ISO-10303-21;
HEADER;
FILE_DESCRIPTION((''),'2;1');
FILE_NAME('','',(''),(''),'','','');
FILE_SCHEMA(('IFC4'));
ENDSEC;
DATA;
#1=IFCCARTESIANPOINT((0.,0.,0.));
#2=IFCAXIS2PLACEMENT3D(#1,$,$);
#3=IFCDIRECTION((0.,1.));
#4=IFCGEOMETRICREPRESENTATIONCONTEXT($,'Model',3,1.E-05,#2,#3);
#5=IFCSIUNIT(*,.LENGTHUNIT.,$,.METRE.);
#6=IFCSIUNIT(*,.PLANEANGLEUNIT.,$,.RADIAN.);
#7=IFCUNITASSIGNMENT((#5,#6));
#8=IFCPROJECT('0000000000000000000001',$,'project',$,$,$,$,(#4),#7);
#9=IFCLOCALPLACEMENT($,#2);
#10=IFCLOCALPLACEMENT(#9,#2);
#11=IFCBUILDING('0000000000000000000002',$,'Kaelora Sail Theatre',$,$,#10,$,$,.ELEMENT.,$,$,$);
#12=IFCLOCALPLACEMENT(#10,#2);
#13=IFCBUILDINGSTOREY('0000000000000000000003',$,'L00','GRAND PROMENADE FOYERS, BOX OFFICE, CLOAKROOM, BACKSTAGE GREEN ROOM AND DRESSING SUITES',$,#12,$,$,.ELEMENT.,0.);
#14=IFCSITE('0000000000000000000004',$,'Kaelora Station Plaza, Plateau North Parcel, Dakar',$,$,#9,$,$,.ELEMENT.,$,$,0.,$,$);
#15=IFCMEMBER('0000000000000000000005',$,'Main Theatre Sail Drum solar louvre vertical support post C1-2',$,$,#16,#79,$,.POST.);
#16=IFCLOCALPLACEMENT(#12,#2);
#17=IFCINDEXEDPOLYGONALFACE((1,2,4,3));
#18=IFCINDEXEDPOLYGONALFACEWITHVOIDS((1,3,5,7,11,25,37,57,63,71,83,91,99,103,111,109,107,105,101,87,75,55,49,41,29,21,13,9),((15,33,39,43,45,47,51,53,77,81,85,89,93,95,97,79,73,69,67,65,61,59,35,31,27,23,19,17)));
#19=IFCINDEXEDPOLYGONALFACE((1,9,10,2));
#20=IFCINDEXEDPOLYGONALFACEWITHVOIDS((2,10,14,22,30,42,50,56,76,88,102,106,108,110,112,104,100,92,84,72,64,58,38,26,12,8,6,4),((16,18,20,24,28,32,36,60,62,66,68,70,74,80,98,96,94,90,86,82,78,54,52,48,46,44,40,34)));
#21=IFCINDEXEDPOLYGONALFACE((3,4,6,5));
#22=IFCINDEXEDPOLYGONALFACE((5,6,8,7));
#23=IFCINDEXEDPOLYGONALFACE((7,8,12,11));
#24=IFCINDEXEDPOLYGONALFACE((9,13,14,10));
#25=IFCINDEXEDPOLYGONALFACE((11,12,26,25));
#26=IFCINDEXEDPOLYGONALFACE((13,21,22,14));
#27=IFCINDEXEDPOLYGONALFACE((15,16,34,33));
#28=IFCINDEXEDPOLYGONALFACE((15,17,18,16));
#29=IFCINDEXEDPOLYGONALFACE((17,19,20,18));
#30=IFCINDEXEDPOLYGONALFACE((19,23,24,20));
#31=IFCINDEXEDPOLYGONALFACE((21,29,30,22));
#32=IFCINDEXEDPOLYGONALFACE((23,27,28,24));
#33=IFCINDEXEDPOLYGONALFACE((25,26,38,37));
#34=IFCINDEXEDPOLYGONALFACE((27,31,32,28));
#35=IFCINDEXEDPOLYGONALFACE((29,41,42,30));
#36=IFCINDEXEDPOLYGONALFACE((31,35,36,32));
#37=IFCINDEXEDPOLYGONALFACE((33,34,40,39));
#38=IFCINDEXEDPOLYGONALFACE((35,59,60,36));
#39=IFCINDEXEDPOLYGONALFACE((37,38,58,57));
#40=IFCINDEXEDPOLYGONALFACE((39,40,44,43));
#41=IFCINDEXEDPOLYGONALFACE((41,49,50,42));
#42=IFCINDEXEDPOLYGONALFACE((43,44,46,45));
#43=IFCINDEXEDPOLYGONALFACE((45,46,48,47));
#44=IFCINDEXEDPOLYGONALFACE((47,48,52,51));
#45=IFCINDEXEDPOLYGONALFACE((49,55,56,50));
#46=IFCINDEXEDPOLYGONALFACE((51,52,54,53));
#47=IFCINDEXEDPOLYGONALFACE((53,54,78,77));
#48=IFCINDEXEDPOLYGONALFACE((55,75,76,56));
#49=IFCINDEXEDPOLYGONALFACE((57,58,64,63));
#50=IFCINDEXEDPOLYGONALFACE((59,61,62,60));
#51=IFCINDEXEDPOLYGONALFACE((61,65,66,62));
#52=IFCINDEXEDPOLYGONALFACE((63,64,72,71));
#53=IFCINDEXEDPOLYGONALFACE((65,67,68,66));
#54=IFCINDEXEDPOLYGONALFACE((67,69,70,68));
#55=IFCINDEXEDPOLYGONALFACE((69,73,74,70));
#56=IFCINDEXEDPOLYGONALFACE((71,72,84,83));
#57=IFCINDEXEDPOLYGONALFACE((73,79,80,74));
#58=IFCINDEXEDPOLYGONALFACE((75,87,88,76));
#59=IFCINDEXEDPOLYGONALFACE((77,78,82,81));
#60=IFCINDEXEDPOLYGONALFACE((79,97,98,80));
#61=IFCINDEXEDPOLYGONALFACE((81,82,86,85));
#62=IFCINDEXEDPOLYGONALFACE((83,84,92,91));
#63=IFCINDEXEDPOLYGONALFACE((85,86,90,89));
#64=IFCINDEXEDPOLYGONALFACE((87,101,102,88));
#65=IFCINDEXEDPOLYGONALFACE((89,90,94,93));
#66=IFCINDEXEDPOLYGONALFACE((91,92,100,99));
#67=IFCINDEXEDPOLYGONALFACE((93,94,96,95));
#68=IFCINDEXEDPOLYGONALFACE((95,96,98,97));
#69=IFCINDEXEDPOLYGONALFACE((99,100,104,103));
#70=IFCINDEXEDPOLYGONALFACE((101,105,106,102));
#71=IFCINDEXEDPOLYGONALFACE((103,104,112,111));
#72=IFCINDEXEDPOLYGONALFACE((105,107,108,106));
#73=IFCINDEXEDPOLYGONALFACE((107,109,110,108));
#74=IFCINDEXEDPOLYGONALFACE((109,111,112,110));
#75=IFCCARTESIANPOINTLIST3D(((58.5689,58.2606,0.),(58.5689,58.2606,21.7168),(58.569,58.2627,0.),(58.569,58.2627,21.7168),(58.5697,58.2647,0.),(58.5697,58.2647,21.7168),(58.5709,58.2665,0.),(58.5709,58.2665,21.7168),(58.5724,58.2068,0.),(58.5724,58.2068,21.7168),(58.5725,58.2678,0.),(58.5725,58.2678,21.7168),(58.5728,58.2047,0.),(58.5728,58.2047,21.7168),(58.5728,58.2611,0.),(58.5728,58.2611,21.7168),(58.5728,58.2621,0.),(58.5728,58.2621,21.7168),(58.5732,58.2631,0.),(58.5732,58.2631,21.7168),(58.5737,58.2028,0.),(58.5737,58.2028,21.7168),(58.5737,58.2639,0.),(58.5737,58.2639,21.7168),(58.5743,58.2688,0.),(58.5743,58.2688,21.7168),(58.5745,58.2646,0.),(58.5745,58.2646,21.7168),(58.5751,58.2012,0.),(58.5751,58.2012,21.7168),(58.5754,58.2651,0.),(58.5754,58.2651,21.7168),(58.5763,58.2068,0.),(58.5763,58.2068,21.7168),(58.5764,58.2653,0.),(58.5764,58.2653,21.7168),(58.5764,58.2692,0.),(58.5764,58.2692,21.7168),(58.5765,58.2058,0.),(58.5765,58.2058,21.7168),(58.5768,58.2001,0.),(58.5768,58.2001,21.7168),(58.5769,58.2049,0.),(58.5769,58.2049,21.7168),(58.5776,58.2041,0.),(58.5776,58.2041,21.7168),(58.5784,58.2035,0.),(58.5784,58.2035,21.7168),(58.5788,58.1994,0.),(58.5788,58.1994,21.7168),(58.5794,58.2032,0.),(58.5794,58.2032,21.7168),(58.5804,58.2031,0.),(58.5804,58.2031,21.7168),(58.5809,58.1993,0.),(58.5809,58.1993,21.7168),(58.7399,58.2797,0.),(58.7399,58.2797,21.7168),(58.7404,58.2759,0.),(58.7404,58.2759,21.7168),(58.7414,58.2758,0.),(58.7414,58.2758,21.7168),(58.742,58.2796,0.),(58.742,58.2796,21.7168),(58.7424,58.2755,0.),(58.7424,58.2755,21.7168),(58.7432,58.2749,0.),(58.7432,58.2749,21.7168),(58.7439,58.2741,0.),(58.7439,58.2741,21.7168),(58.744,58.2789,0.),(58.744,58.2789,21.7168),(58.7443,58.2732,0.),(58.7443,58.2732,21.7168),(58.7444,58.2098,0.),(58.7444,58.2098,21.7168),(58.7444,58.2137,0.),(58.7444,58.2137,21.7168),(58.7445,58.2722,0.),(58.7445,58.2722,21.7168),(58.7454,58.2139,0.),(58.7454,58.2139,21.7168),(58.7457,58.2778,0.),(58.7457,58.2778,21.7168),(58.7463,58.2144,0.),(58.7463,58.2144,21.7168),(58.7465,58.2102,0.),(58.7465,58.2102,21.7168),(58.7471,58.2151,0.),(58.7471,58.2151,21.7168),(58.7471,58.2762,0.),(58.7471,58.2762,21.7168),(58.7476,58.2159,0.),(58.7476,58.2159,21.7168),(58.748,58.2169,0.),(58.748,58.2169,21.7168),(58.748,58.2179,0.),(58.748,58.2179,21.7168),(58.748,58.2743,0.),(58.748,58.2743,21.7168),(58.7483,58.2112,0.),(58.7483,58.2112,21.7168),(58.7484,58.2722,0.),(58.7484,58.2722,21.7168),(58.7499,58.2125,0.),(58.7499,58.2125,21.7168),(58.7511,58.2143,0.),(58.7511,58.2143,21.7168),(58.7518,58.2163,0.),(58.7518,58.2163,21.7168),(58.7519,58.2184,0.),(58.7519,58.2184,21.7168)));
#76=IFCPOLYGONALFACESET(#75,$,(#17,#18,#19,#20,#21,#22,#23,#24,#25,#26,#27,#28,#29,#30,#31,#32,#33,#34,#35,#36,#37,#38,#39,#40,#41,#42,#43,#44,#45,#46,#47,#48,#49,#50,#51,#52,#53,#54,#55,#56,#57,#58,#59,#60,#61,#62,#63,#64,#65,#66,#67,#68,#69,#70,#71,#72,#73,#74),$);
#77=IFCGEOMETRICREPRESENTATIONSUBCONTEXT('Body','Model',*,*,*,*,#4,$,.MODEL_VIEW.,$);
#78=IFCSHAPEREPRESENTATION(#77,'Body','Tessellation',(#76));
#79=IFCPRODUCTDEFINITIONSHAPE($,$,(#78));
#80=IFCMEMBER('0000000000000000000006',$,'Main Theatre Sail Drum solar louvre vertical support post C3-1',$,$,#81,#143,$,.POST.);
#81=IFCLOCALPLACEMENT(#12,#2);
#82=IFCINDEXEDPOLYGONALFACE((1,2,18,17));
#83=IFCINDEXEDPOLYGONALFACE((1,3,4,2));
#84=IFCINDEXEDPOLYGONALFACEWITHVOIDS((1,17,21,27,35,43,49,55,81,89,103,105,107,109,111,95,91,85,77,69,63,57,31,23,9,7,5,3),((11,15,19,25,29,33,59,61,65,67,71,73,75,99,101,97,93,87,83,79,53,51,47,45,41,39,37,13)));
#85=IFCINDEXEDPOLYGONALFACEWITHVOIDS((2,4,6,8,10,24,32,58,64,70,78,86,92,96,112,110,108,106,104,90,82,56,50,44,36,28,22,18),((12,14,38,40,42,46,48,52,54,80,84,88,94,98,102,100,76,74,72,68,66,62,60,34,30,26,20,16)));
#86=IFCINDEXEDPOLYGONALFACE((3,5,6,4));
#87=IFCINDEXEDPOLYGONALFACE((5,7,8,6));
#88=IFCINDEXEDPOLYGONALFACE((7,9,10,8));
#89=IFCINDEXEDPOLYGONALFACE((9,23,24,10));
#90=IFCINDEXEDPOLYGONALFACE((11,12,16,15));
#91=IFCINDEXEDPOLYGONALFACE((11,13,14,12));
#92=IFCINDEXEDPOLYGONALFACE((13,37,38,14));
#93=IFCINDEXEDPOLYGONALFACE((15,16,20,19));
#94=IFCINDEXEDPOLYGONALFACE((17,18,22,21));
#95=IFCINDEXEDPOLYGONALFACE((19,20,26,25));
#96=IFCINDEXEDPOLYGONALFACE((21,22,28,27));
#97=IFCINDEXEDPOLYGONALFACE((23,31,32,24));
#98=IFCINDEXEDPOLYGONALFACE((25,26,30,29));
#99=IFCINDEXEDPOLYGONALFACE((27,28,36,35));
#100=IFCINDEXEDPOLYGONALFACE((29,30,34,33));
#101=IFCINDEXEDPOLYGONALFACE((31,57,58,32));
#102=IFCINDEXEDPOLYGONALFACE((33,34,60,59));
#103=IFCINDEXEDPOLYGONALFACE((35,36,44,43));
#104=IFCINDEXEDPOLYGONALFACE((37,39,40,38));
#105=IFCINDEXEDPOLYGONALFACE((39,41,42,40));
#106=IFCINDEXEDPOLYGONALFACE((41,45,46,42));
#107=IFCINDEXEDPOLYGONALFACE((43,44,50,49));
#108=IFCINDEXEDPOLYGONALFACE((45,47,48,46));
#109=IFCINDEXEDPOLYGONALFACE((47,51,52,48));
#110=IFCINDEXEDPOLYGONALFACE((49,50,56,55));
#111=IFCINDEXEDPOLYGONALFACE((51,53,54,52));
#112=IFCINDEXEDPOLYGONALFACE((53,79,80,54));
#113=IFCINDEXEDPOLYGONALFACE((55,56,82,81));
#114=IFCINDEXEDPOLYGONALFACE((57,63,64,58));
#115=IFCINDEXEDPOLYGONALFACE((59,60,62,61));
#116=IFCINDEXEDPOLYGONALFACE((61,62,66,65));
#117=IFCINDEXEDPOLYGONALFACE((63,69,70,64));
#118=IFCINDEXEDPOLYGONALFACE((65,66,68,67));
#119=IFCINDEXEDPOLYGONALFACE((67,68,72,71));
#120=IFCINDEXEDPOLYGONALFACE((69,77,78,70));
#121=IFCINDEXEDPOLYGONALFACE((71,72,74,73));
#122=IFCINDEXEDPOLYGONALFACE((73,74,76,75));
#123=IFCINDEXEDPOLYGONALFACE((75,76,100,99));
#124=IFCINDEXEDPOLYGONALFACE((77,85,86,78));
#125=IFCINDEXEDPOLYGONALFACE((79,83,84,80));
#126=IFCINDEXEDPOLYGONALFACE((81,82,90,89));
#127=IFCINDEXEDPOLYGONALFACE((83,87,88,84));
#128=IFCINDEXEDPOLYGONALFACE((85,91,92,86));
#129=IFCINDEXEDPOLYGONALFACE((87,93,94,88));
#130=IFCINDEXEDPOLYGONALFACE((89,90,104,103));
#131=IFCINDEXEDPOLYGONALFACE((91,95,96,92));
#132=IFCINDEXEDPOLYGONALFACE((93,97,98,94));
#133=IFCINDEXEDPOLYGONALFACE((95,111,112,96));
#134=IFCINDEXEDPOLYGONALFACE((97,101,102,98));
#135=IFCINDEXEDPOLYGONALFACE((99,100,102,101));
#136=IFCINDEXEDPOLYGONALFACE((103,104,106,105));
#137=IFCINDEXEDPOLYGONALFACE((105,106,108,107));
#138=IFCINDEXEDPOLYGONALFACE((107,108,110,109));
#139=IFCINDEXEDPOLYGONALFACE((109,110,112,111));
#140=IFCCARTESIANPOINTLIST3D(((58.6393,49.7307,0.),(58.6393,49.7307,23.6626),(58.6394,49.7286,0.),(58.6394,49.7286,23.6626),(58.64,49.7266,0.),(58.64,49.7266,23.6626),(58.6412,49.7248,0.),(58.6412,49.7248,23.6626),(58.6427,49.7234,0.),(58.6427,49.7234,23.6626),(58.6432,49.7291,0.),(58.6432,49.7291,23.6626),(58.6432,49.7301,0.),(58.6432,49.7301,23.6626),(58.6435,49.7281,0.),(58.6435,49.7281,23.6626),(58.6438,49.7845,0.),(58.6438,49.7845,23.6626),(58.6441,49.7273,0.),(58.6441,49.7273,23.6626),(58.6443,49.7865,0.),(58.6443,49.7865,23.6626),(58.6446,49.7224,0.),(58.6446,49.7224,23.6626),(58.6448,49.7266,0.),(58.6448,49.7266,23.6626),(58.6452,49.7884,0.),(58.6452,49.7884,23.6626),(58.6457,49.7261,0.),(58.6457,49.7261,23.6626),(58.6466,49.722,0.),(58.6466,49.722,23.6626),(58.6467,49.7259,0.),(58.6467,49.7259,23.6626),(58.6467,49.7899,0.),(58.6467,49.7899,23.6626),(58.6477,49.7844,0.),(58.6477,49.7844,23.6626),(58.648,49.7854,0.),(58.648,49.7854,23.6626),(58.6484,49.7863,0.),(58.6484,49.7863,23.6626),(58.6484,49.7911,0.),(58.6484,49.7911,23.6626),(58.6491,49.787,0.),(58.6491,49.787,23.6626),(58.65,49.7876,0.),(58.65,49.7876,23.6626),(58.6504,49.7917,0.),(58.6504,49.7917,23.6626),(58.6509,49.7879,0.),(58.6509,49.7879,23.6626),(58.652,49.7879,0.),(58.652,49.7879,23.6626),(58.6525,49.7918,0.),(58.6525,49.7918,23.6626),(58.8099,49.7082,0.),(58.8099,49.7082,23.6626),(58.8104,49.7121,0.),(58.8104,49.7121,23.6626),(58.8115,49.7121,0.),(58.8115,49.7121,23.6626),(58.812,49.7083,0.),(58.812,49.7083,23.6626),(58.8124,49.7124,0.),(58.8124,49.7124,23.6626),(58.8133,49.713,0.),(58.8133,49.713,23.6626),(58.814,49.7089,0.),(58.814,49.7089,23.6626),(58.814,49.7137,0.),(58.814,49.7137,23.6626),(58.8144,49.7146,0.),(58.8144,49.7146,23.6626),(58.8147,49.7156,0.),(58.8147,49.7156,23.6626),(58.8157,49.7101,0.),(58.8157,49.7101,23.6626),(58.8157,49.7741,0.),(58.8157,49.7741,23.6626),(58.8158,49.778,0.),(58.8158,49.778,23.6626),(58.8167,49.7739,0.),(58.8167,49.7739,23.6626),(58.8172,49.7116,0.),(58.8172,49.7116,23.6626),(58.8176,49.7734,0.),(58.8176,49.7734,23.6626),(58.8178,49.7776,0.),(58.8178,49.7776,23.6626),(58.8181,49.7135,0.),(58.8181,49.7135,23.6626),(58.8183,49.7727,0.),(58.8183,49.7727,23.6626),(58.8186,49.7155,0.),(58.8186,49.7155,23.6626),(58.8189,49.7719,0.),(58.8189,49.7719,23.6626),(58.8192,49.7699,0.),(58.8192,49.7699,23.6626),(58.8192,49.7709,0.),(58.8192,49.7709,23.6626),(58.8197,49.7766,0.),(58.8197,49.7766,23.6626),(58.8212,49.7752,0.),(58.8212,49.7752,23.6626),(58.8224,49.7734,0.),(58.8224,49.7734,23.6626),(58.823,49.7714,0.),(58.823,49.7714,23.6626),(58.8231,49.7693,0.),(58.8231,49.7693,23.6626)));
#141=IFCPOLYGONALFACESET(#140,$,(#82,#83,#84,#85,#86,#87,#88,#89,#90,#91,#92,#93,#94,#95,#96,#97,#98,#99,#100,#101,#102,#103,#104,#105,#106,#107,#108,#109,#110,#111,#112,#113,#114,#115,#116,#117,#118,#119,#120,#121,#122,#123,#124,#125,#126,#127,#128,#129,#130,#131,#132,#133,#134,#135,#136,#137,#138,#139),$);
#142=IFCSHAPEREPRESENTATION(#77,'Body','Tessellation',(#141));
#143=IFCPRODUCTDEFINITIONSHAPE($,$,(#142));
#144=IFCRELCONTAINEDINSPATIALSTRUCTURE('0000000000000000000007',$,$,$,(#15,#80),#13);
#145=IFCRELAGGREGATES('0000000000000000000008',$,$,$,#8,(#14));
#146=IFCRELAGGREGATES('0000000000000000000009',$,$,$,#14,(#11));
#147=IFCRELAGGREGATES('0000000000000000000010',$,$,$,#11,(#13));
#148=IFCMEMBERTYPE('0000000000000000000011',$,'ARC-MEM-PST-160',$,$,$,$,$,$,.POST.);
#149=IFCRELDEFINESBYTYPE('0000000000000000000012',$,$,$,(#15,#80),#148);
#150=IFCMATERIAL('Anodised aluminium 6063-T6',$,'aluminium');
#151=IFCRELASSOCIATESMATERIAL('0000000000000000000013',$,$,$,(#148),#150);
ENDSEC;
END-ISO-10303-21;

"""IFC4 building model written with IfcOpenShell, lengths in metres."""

from ifc_helpers import new_model, si_unit, direction, frame, origin, origin_2d, place, context, subcontext, project, spatial, hollow_rectangle, extrude, material, material_profile, profile_set, type_object, element, save


model = new_model("IFC4")

# Units and contexts
model_context = context("Model", 3, precision=1e-05, world=origin(), true_north=direction((0.0, 1.0)))
body_context = subcontext(model_context, "Body", "Model", "MODEL_VIEW")
ifc_project = project(units=[si_unit("LENGTHUNIT", "METRE"), si_unit("PLANEANGLEUNIT", "RADIAN")], contexts=[model_context])

# Site, building, storey
site_placement = place(None, origin())
site = spatial("IfcSite", under=ifc_project, at=site_placement, Name="Kaelora Station Plaza, Plateau North Parcel, Dakar", CompositionType="ELEMENT", RefElevation=0.0)
building_placement = place(site_placement, origin())
building = spatial("IfcBuilding", under=site, at=building_placement, Name="Kaelora Sail Theatre", CompositionType="ELEMENT")
storey_placement = place(building_placement, origin())
storey = spatial("IfcBuildingStorey", under=building, at=storey_placement, Name="L00", Description="GRAND PROMENADE FOYERS, BOX OFFICE, CLOAKROOM, BACKSTAGE GREEN ROOM AND DRESSING SUITES", CompositionType="ELEMENT", Elevation=0.0)

# Members
ifc_material_1 = material(Name="Anodised aluminium 6063-T6", Category="aluminium")
ifc_material_profile_1 = material_profile(ifc_material_1, hollow_rectangle(XDim=0.0701, YDim=0.1799, WallThickness=0.0039, InnerFilletRadius=0.0039, OuterFilletRadius=0.0081, at=origin_2d()), Name="ALU-MULL 70x180x4")
ifc_profile_set_1 = profile_set([ifc_material_profile_1], Name="Anodised aluminium 6063-T6")
member_type_1 = type_object("IfcMemberType", Name="ARC-MEM-PST-160", PredefinedType="POST", material=ifc_profile_set_1)
for number, where, z_axis, x_axis, name in (
    (1, (58.6604, 58.2395, 0.0), (0.0, 0.0, 1.0), (0.064532, -0.997916, 0.0), "Main Theatre Sail Drum solar louvre vertical support post C1-2"),
):
    element("IfcMember", number, at=place(storey_placement, frame(where, z_axis=z_axis, x_axis=x_axis)), inside=storey, type_object=member_type_1, Name=name, PredefinedType="POST", context=body_context, shape_type="SweptSolid", body=[
        extrude(hollow_rectangle(XDim=0.0701, YDim=0.1799, WallThickness=0.0039, InnerFilletRadius=0.0039, OuterFilletRadius=0.0081, at=origin_2d()), origin(), (0.0, 0.0, 1.0), 21.7168),
    ])
for number, where, z_axis, x_axis, name in (
    (2, (58.7312, 49.75, 0.0), (0.0, 0.0, 1.0), (-0.0842, -0.996449, 0.0), "Main Theatre Sail Drum solar louvre vertical support post C3-1"),
):
    element("IfcMember", number, at=place(storey_placement, frame(where, z_axis=z_axis, x_axis=x_axis)), inside=storey, type_object=member_type_1, Name=name, PredefinedType="POST", context=body_context, shape_type="SweptSolid", body=[
        extrude(hollow_rectangle(XDim=0.0701, YDim=0.1799, WallThickness=0.0039, InnerFilletRadius=0.0039, OuterFilletRadius=0.0081, at=origin_2d()), origin(), (0.0, 0.0, 1.0), 23.6626),
    ])

save(model, "model.ifc")
